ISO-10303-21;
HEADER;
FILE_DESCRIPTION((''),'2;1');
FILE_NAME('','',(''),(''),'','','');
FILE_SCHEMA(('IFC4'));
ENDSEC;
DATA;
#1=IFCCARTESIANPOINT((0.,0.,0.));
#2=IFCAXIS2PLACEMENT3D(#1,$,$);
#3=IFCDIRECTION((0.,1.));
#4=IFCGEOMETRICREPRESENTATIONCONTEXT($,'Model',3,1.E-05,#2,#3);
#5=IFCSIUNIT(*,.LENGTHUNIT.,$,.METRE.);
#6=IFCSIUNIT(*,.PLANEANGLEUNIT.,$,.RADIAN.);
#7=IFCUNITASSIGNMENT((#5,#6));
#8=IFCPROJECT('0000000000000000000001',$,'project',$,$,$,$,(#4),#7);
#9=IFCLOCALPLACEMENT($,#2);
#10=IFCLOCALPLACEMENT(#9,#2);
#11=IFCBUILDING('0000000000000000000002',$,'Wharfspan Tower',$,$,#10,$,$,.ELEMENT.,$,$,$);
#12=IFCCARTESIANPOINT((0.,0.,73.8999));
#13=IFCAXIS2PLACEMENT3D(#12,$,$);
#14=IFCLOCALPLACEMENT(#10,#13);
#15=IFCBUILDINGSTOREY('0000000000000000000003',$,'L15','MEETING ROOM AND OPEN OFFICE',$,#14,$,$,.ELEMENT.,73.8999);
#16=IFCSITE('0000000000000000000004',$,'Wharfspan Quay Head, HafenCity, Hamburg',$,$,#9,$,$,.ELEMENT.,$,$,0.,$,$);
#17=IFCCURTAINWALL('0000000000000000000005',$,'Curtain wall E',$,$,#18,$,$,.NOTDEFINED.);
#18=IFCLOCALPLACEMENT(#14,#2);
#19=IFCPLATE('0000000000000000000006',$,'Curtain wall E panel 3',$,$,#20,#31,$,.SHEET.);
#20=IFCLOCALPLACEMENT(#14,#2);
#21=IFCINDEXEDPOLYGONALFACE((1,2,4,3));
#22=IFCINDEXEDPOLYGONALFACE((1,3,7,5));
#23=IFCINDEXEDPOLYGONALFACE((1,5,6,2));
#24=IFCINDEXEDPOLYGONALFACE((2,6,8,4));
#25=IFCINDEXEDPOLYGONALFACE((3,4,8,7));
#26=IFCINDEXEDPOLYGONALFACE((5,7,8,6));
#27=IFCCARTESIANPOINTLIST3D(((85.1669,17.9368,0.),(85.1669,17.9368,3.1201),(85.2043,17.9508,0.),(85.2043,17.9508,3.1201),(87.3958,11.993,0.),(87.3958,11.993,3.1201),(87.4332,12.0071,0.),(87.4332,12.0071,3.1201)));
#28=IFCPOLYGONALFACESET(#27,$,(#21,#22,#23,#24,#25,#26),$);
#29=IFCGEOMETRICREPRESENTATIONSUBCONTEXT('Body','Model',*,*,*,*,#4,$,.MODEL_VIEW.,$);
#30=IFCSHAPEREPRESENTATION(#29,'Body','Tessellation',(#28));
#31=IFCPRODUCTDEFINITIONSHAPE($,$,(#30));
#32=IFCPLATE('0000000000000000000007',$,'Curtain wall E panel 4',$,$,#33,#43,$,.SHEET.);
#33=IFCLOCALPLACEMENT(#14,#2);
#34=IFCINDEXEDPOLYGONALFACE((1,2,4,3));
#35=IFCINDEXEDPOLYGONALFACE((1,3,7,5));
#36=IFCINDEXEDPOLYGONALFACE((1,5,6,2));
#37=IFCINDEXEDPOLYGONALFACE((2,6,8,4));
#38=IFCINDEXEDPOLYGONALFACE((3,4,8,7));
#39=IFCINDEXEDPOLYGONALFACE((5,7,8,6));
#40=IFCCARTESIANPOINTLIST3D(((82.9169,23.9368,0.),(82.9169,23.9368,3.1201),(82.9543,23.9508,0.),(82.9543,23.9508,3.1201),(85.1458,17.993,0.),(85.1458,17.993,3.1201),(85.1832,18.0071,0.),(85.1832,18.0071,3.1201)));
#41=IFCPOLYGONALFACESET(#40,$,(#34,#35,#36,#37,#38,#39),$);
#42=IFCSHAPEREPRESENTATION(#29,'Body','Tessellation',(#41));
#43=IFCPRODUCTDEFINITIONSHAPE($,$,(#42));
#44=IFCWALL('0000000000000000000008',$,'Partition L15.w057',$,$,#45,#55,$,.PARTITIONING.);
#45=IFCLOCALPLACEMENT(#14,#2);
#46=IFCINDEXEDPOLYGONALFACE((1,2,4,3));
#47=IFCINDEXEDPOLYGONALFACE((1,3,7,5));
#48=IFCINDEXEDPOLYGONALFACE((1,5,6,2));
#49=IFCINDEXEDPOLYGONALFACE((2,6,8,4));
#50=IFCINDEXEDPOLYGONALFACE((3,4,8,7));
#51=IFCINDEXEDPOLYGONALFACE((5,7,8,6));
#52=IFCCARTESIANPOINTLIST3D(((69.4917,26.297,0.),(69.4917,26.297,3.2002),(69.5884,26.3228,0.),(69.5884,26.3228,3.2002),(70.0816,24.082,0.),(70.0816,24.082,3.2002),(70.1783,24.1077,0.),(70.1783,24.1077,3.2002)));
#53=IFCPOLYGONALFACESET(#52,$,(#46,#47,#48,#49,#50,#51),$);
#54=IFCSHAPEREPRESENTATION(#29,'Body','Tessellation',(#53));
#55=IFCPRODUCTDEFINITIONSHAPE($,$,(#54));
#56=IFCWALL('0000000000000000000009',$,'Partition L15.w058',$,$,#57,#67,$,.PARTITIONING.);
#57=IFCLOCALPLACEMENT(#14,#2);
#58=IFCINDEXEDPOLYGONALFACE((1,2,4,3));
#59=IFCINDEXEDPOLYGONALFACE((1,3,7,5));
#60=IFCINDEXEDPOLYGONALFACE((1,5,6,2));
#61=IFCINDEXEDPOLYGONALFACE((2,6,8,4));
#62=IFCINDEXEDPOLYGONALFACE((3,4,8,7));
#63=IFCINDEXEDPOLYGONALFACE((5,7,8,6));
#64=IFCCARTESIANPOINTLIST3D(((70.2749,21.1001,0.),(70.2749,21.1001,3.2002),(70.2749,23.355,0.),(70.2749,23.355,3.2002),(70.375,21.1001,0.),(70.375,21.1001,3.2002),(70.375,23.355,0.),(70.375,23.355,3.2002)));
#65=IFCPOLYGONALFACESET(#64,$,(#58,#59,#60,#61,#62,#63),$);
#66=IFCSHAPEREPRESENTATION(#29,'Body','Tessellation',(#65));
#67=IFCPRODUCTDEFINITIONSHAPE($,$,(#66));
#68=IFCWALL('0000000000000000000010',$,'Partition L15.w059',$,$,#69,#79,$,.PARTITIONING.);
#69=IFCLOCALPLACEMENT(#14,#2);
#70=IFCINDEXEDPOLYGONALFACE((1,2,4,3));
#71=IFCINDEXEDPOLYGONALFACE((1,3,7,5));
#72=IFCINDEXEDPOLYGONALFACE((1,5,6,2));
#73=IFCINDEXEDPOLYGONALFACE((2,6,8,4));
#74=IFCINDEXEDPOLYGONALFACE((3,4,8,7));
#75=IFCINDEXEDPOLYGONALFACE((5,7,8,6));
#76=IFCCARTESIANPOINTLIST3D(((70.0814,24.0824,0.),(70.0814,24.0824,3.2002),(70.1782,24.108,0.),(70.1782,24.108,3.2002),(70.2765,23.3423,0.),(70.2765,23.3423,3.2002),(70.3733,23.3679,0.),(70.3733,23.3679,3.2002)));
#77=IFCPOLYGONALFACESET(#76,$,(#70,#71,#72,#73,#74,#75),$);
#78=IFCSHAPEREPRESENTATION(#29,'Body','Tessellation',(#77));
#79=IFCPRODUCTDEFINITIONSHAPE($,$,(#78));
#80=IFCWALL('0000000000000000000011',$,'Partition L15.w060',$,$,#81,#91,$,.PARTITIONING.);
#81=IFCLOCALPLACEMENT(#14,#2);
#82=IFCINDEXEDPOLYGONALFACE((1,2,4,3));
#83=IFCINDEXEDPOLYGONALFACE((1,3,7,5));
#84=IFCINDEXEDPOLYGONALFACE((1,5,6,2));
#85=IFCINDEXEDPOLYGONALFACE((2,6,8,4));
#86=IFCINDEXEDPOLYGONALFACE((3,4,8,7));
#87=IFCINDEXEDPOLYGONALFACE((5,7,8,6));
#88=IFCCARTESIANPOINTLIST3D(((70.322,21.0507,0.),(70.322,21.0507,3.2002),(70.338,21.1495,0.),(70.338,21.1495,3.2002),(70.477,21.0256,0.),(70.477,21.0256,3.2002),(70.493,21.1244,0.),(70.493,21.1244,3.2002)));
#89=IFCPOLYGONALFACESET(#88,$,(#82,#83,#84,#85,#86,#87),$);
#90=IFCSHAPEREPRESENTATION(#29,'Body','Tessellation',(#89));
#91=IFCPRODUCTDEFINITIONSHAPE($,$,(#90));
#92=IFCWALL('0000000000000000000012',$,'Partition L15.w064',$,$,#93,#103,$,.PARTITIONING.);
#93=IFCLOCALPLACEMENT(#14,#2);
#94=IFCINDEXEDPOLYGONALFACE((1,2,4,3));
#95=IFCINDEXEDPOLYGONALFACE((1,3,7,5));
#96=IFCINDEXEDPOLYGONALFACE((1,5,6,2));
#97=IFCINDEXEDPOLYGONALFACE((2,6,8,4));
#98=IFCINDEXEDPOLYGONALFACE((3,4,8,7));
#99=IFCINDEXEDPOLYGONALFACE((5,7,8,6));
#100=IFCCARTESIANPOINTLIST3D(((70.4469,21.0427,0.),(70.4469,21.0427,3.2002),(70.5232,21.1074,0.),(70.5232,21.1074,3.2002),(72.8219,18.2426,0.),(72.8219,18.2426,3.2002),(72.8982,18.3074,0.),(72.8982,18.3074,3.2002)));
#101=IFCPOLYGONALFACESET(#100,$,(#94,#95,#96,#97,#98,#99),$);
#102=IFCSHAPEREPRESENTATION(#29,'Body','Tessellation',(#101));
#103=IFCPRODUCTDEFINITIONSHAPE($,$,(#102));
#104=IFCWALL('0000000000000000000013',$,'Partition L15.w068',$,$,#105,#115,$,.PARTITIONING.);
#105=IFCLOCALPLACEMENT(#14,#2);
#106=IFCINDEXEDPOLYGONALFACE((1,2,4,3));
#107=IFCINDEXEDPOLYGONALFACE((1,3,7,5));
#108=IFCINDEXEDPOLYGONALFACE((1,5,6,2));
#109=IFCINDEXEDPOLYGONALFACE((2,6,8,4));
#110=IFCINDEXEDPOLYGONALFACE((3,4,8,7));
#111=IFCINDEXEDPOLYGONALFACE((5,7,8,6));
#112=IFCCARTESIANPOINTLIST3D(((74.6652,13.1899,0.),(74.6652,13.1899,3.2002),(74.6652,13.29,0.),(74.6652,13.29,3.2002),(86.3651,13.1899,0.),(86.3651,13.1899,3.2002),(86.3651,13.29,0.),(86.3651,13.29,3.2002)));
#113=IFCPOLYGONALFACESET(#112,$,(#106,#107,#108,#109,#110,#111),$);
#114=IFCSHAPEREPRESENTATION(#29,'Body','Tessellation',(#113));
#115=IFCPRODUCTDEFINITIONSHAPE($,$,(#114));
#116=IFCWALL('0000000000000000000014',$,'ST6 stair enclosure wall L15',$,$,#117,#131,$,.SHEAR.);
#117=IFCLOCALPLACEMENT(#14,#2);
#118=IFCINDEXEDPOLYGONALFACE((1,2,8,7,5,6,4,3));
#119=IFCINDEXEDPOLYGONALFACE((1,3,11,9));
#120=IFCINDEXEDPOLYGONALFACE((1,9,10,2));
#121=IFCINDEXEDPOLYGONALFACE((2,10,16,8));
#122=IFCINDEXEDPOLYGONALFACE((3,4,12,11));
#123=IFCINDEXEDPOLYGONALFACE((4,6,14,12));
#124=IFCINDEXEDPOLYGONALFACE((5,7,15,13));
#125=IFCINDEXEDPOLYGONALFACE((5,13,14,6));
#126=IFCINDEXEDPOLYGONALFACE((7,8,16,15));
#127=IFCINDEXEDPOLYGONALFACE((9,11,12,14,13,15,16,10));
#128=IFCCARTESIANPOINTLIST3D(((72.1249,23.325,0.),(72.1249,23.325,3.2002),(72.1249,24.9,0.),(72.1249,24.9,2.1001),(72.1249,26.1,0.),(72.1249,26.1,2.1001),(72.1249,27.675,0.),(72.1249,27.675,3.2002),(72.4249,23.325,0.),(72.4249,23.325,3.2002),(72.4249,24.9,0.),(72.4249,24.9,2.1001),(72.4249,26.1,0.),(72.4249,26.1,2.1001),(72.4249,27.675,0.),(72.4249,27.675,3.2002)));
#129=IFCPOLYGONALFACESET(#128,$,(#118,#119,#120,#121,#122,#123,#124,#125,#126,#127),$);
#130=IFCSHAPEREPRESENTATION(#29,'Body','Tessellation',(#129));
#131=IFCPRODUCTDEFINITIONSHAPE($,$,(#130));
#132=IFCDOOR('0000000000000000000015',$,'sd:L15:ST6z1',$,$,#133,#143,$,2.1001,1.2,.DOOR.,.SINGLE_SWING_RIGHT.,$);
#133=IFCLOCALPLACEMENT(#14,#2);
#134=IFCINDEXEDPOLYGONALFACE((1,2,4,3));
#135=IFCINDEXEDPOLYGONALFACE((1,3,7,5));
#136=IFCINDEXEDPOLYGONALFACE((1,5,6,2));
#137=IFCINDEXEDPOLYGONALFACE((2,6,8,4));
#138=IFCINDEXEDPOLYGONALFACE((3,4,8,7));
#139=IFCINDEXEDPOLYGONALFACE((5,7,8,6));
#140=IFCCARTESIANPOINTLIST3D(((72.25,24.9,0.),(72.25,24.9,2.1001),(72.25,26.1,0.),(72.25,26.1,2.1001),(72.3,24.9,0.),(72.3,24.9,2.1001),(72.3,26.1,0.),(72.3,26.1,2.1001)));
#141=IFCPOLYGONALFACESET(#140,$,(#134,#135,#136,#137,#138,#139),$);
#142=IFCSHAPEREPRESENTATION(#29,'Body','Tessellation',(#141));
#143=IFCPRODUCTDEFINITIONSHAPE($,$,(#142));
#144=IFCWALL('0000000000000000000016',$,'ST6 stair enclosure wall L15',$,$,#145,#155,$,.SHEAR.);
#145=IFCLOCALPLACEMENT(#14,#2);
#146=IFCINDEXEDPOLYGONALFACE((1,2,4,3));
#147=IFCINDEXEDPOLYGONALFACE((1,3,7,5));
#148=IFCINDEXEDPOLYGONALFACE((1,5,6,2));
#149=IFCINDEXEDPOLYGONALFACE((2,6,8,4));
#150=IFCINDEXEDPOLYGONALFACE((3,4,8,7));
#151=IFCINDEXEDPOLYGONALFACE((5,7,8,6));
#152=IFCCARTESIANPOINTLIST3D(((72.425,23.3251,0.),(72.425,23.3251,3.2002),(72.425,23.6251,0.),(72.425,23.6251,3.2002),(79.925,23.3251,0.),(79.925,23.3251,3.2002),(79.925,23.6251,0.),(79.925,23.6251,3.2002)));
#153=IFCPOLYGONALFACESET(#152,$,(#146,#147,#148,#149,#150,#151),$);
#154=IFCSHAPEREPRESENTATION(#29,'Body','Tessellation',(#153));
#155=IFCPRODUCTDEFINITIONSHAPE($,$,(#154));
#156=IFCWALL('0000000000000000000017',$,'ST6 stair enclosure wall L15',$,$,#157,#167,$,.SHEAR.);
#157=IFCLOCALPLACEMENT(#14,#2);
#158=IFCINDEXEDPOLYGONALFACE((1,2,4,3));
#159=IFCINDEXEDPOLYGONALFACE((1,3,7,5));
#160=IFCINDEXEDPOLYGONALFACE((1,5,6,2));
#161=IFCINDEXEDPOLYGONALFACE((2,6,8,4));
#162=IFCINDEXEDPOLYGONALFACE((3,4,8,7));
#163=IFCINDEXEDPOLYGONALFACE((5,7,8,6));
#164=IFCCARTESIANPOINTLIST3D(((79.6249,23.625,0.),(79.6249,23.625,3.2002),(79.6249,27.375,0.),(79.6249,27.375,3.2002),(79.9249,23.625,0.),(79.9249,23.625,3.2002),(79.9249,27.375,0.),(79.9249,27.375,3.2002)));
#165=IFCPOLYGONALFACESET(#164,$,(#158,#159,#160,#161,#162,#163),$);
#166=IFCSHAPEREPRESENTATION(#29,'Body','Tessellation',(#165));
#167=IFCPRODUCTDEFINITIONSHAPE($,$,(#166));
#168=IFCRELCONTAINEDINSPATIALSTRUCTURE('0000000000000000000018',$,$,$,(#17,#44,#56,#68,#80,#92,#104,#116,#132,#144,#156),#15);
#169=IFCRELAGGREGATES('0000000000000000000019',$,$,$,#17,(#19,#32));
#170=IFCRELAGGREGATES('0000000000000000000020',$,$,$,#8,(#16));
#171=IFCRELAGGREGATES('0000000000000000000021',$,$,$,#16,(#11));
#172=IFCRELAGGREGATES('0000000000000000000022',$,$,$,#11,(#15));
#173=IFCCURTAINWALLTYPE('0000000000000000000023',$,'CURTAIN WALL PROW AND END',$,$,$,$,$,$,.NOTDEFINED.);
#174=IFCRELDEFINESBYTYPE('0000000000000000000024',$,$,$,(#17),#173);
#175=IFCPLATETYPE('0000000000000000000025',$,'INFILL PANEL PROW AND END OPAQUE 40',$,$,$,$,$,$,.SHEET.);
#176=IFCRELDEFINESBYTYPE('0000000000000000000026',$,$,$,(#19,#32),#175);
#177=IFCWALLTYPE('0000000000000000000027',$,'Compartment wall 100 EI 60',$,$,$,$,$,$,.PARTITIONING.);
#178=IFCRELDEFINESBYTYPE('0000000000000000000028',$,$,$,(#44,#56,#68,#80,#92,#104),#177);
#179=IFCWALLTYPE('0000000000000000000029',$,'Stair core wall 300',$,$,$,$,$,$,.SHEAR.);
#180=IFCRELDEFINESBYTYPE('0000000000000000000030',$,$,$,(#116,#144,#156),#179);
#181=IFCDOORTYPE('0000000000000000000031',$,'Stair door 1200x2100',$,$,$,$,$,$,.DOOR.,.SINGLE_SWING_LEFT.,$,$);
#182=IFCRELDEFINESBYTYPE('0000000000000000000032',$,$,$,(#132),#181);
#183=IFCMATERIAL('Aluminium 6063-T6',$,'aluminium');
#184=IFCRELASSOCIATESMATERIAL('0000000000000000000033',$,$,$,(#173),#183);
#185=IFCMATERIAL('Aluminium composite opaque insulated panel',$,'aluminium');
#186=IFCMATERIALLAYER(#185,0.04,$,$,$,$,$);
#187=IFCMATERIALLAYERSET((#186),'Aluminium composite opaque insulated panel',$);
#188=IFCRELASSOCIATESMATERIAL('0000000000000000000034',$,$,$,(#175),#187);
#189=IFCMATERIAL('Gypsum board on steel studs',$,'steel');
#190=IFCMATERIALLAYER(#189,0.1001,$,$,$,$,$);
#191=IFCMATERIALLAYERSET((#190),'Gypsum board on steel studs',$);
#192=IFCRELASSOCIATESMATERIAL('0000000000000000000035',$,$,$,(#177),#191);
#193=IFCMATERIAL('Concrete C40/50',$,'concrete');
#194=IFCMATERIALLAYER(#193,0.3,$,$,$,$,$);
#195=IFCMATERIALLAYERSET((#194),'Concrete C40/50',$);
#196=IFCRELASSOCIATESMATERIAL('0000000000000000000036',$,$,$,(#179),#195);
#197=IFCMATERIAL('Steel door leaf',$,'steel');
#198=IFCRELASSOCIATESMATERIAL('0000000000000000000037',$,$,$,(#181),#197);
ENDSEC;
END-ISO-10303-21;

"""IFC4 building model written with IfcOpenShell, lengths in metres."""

from ifc_helpers import new_model, si_unit, direction, frame, frame_2d, origin, origin_2d, place, context, subcontext, project, spatial, rectangle, extrude, material, layer, layer_set, type_object, element, fill, aggregate, save


model = new_model("IFC4")

# Units and contexts
model_context = context("Model", 3, precision=1e-05, world=origin(), true_north=direction((0.0, 1.0)))
body_context = subcontext(model_context, "Body", "Model", "MODEL_VIEW")
ifc_project = project(units=[si_unit("LENGTHUNIT", "METRE"), si_unit("PLANEANGLEUNIT", "RADIAN")], contexts=[model_context])

# Site, building, storey
site_placement = place(None, origin())
site = spatial("IfcSite", under=ifc_project, at=site_placement, Name="Wharfspan Quay Head, HafenCity, Hamburg", CompositionType="ELEMENT", RefElevation=0.0)
building_placement = place(site_placement, origin())
building = spatial("IfcBuilding", under=site, at=building_placement, Name="Wharfspan Tower", CompositionType="ELEMENT")
storey_placement = place(building_placement, frame((0.0, 0.0, 73.8999)))
storey = spatial("IfcBuildingStorey", under=building, at=storey_placement, Name="L15", Description="MEETING ROOM AND OPEN OFFICE", CompositionType="ELEMENT", Elevation=73.8999)

# Curtain wall
ifc_material_1 = material(Name="Aluminium 6063-T6", Category="aluminium")
curtain_wall_type = type_object("IfcCurtainWallType", Name="CURTAIN WALL PROW AND END", PredefinedType="NOTDEFINED", material=ifc_material_1)
curtain_wall_placement = place(storey_placement, origin())
curtain_wall = element("IfcCurtainWall", 1, at=curtain_wall_placement, inside=storey, type_object=curtain_wall_type, Name="Curtain wall E", PredefinedType="NOTDEFINED")

# Plates
ifc_material_2 = material(Name="Aluminium composite opaque insulated panel", Category="aluminium")
ifc_layer_1 = layer(ifc_material_2, 0.04)
ifc_layer_set_1 = layer_set([ifc_layer_1], Name="Aluminium composite opaque insulated panel")
plate_type = type_object("IfcPlateType", Name="INFILL PANEL PROW AND END OPAQUE 40", PredefinedType="SHEET", material=ifc_layer_set_1)
plate_1_placement = place(storey_placement, frame((86.3, 14.9719, 0.0), z_axis=(0.0, 0.0, 1.0), x_axis=(-0.351123, 0.936328, 0.0)))
plate_1 = element("IfcPlate", 2, at=plate_1_placement, type_object=plate_type, Name="Curtain wall E panel 3", PredefinedType="SHEET", context=body_context, shape_type="SweptSolid", body=[
    extrude(rectangle(XDim=6.3479, YDim=0.04, at=origin_2d()), origin(), (0.0, 0.0, 1.0), 3.1201),
])
plate_2_placement = place(storey_placement, frame((84.05, 20.9719, 0.0), z_axis=(0.0, 0.0, 1.0), x_axis=(-0.351123, 0.936328, 0.0)))
plate_2 = element("IfcPlate", 3, at=plate_2_placement, type_object=plate_type, Name="Curtain wall E panel 4", PredefinedType="SHEET", context=body_context, shape_type="SweptSolid", body=[
    extrude(rectangle(XDim=6.3479, YDim=0.04, at=origin_2d()), origin(), (0.0, 0.0, 1.0), 3.1201),
])
aggregate(curtain_wall, [plate_1, plate_2])

# Walls
ifc_material_3 = material(Name="Gypsum board on steel studs", Category="steel")
ifc_layer_2 = layer(ifc_material_3, 0.1001)
ifc_layer_set_2 = layer_set([ifc_layer_2], Name="Gypsum board on steel studs")
wall_type_1 = type_object("IfcWallType", Name="Compartment wall 100 EI 60", PredefinedType="PARTITIONING", material=ifc_layer_set_2)
wall_1_placement = place(storey_placement, frame((70.1299, 24.095, 0.0), z_axis=(0.0, 0.0, 1.0), x_axis=(-0.257318, 0.966327, 0.0)))
element("IfcWall", 4, at=wall_1_placement, inside=storey, type_object=wall_type_1, Name="Partition L15.w057", PredefinedType="PARTITIONING", context=body_context, shape_type="SweptSolid", body=[
    extrude(rectangle(XDim=2.2922, YDim=0.1001, at=frame_2d((1.146, 0.0))), origin(), (0.0, 0.0, 1.0), 3.2002),
])
wall_2_placement = place(storey_placement, frame((70.325, 21.1001, 0.0), z_axis=(0.0, 0.0, 1.0), x_axis=(0.0, 1.0, 0.0)))
element("IfcWall", 5, at=wall_2_placement, inside=storey, type_object=wall_type_1, Name="Partition L15.w058", PredefinedType="PARTITIONING", context=body_context, shape_type="SweptSolid", body=[
    extrude(rectangle(XDim=2.2549, YDim=0.1001, at=frame_2d((1.1274, 0.0))), origin(), (0.0, 0.0, 1.0), 3.2002),
])
wall_3_placement = place(storey_placement, frame((70.325, 23.355, 0.0), z_axis=(0.0, 0.0, 1.0), x_axis=(-0.254901, 0.966965, 0.0)))
element("IfcWall", 6, at=wall_3_placement, inside=storey, type_object=wall_type_1, Name="Partition L15.w059", PredefinedType="PARTITIONING", context=body_context, shape_type="SweptSolid", body=[
    extrude(rectangle(XDim=0.7654, YDim=0.1001, at=frame_2d((0.3828, 0.0))), origin(), (0.0, 0.0, 1.0), 3.2002),
])
wall_4_placement = place(storey_placement, frame((70.4851, 21.075, 0.0), z_axis=(0.0, 0.0, 1.0), x_axis=(-0.987098, 0.160112, 0.0)))
element("IfcWall", 7, at=wall_4_placement, inside=storey, type_object=wall_type_1, Name="Partition L15.w060", PredefinedType="PARTITIONING", context=body_context, shape_type="SweptSolid", body=[
    extrude(rectangle(XDim=0.157, YDim=0.1001, at=frame_2d((0.0786, 0.0))), origin(), (0.0, 0.0, 1.0), 3.2002),
])
wall_5_placement = place(storey_placement, frame((72.8601, 18.2749, 0.0), z_axis=(0.0, 0.0, 1.0), x_axis=(-0.646848, 0.762613, 0.0)))
element("IfcWall", 8, at=wall_5_placement, inside=storey, type_object=wall_type_1, Name="Partition L15.w064", PredefinedType="PARTITIONING", context=body_context, shape_type="SweptSolid", body=[
    extrude(rectangle(XDim=3.6716, YDim=0.1001, at=frame_2d((1.8359, 0.0))), origin(), (0.0, 0.0, 1.0), 3.2002),
])
wall_6_placement = place(storey_placement, frame((74.665, 13.24, 0.0), z_axis=(0.0, 0.0, 1.0), x_axis=(1.0, 0.0, 0.0)))
element("IfcWall", 9, at=wall_6_placement, inside=storey, type_object=wall_type_1, Name="Partition L15.w068", PredefinedType="PARTITIONING", context=body_context, shape_type="SweptSolid", body=[
    extrude(rectangle(XDim=11.7, YDim=0.1001, at=frame_2d((5.8501, 0.0))), origin(), (0.0, 0.0, 1.0), 3.2002),
])

# Wall, opening, door
ifc_material_4 = material(Name="Concrete C40/50", Category="concrete")
ifc_layer_3 = layer(ifc_material_4, 0.3)
ifc_layer_set_3 = layer_set([ifc_layer_3], Name="Concrete C40/50")
wall_type_2 = type_object("IfcWallType", Name="Stair core wall 300", PredefinedType="SHEAR", material=ifc_layer_set_3)
wall_7_placement = place(storey_placement, frame((72.2749, 23.325, 0.0), z_axis=(0.0, 0.0, 1.0), x_axis=(0.0, 1.0, 0.0)))
wall_7 = element("IfcWall", 10, at=wall_7_placement, inside=storey, type_object=wall_type_2, Name="ST6 stair enclosure wall L15", PredefinedType="SHEAR", context=body_context, shape_type="SweptSolid", body=[
    extrude(rectangle(XDim=4.3501, YDim=0.3, at=frame_2d((2.175, 0.0))), origin(), (0.0, 0.0, 1.0), 3.2002),
])
opening_placement = place(wall_7_placement, frame((1.575, 0.0, 0.0)))
opening = element("IfcOpeningElement", 11, at=opening_placement, cuts=wall_7, PredefinedType="OPENING", context=body_context, shape_type="SweptSolid", body=[
    extrude(rectangle(XDim=1.2, YDim=2.1001, at=frame_2d((0.6001, 1.05))), frame((0.0, 0.1599, 0.0), z_axis=(0.0, -1.0, 0.0), x_axis=(1.0, 0.0, 0.0)), (0.0, 0.0, 1.0), 0.3201),
])
ifc_material_5 = material(Name="Steel door leaf", Category="steel")
door_type = type_object("IfcDoorType", Name="Stair door 1200x2100", OperationType="SINGLE_SWING_LEFT", PredefinedType="DOOR", material=ifc_material_5)
door_placement = place(opening_placement, origin())
door = element("IfcDoor", 12, at=door_placement, inside=storey, type_object=door_type, Name="sd:L15:ST6z1", OperationType="SINGLE_SWING_RIGHT", OverallHeight=2.1001, OverallWidth=1.2, PredefinedType="DOOR", context=body_context, shape_type="SweptSolid", body=[
    extrude(rectangle(XDim=1.2, YDim=2.1001, at=frame_2d((0.6001, 1.05))), frame((0.0, 0.0249, 0.0), z_axis=(0.0, -1.0, 0.0), x_axis=(1.0, 0.0, 0.0)), (0.0, 0.0, 1.0), 0.05),
])
fill(opening, door)

# Walls
wall_8_placement = place(storey_placement, frame((72.425, 23.4751, 0.0), z_axis=(0.0, 0.0, 1.0), x_axis=(1.0, 0.0, 0.0)))
element("IfcWall", 13, at=wall_8_placement, inside=storey, type_object=wall_type_2, Name="ST6 stair enclosure wall L15", PredefinedType="SHEAR", context=body_context, shape_type="SweptSolid", body=[
    extrude(rectangle(XDim=7.5, YDim=0.3, at=frame_2d((3.75, 0.0))), origin(), (0.0, 0.0, 1.0), 3.2002),
])
wall_9_placement = place(storey_placement, frame((79.7749, 23.625, 0.0), z_axis=(0.0, 0.0, 1.0), x_axis=(0.0, 1.0, 0.0)))
element("IfcWall", 14, at=wall_9_placement, inside=storey, type_object=wall_type_2, Name="ST6 stair enclosure wall L15", PredefinedType="SHEAR", context=body_context, shape_type="SweptSolid", body=[
    extrude(rectangle(XDim=3.75, YDim=0.3, at=frame_2d((1.875, 0.0))), origin(), (0.0, 0.0, 1.0), 3.2002),
])

save(model, "model.ifc")
